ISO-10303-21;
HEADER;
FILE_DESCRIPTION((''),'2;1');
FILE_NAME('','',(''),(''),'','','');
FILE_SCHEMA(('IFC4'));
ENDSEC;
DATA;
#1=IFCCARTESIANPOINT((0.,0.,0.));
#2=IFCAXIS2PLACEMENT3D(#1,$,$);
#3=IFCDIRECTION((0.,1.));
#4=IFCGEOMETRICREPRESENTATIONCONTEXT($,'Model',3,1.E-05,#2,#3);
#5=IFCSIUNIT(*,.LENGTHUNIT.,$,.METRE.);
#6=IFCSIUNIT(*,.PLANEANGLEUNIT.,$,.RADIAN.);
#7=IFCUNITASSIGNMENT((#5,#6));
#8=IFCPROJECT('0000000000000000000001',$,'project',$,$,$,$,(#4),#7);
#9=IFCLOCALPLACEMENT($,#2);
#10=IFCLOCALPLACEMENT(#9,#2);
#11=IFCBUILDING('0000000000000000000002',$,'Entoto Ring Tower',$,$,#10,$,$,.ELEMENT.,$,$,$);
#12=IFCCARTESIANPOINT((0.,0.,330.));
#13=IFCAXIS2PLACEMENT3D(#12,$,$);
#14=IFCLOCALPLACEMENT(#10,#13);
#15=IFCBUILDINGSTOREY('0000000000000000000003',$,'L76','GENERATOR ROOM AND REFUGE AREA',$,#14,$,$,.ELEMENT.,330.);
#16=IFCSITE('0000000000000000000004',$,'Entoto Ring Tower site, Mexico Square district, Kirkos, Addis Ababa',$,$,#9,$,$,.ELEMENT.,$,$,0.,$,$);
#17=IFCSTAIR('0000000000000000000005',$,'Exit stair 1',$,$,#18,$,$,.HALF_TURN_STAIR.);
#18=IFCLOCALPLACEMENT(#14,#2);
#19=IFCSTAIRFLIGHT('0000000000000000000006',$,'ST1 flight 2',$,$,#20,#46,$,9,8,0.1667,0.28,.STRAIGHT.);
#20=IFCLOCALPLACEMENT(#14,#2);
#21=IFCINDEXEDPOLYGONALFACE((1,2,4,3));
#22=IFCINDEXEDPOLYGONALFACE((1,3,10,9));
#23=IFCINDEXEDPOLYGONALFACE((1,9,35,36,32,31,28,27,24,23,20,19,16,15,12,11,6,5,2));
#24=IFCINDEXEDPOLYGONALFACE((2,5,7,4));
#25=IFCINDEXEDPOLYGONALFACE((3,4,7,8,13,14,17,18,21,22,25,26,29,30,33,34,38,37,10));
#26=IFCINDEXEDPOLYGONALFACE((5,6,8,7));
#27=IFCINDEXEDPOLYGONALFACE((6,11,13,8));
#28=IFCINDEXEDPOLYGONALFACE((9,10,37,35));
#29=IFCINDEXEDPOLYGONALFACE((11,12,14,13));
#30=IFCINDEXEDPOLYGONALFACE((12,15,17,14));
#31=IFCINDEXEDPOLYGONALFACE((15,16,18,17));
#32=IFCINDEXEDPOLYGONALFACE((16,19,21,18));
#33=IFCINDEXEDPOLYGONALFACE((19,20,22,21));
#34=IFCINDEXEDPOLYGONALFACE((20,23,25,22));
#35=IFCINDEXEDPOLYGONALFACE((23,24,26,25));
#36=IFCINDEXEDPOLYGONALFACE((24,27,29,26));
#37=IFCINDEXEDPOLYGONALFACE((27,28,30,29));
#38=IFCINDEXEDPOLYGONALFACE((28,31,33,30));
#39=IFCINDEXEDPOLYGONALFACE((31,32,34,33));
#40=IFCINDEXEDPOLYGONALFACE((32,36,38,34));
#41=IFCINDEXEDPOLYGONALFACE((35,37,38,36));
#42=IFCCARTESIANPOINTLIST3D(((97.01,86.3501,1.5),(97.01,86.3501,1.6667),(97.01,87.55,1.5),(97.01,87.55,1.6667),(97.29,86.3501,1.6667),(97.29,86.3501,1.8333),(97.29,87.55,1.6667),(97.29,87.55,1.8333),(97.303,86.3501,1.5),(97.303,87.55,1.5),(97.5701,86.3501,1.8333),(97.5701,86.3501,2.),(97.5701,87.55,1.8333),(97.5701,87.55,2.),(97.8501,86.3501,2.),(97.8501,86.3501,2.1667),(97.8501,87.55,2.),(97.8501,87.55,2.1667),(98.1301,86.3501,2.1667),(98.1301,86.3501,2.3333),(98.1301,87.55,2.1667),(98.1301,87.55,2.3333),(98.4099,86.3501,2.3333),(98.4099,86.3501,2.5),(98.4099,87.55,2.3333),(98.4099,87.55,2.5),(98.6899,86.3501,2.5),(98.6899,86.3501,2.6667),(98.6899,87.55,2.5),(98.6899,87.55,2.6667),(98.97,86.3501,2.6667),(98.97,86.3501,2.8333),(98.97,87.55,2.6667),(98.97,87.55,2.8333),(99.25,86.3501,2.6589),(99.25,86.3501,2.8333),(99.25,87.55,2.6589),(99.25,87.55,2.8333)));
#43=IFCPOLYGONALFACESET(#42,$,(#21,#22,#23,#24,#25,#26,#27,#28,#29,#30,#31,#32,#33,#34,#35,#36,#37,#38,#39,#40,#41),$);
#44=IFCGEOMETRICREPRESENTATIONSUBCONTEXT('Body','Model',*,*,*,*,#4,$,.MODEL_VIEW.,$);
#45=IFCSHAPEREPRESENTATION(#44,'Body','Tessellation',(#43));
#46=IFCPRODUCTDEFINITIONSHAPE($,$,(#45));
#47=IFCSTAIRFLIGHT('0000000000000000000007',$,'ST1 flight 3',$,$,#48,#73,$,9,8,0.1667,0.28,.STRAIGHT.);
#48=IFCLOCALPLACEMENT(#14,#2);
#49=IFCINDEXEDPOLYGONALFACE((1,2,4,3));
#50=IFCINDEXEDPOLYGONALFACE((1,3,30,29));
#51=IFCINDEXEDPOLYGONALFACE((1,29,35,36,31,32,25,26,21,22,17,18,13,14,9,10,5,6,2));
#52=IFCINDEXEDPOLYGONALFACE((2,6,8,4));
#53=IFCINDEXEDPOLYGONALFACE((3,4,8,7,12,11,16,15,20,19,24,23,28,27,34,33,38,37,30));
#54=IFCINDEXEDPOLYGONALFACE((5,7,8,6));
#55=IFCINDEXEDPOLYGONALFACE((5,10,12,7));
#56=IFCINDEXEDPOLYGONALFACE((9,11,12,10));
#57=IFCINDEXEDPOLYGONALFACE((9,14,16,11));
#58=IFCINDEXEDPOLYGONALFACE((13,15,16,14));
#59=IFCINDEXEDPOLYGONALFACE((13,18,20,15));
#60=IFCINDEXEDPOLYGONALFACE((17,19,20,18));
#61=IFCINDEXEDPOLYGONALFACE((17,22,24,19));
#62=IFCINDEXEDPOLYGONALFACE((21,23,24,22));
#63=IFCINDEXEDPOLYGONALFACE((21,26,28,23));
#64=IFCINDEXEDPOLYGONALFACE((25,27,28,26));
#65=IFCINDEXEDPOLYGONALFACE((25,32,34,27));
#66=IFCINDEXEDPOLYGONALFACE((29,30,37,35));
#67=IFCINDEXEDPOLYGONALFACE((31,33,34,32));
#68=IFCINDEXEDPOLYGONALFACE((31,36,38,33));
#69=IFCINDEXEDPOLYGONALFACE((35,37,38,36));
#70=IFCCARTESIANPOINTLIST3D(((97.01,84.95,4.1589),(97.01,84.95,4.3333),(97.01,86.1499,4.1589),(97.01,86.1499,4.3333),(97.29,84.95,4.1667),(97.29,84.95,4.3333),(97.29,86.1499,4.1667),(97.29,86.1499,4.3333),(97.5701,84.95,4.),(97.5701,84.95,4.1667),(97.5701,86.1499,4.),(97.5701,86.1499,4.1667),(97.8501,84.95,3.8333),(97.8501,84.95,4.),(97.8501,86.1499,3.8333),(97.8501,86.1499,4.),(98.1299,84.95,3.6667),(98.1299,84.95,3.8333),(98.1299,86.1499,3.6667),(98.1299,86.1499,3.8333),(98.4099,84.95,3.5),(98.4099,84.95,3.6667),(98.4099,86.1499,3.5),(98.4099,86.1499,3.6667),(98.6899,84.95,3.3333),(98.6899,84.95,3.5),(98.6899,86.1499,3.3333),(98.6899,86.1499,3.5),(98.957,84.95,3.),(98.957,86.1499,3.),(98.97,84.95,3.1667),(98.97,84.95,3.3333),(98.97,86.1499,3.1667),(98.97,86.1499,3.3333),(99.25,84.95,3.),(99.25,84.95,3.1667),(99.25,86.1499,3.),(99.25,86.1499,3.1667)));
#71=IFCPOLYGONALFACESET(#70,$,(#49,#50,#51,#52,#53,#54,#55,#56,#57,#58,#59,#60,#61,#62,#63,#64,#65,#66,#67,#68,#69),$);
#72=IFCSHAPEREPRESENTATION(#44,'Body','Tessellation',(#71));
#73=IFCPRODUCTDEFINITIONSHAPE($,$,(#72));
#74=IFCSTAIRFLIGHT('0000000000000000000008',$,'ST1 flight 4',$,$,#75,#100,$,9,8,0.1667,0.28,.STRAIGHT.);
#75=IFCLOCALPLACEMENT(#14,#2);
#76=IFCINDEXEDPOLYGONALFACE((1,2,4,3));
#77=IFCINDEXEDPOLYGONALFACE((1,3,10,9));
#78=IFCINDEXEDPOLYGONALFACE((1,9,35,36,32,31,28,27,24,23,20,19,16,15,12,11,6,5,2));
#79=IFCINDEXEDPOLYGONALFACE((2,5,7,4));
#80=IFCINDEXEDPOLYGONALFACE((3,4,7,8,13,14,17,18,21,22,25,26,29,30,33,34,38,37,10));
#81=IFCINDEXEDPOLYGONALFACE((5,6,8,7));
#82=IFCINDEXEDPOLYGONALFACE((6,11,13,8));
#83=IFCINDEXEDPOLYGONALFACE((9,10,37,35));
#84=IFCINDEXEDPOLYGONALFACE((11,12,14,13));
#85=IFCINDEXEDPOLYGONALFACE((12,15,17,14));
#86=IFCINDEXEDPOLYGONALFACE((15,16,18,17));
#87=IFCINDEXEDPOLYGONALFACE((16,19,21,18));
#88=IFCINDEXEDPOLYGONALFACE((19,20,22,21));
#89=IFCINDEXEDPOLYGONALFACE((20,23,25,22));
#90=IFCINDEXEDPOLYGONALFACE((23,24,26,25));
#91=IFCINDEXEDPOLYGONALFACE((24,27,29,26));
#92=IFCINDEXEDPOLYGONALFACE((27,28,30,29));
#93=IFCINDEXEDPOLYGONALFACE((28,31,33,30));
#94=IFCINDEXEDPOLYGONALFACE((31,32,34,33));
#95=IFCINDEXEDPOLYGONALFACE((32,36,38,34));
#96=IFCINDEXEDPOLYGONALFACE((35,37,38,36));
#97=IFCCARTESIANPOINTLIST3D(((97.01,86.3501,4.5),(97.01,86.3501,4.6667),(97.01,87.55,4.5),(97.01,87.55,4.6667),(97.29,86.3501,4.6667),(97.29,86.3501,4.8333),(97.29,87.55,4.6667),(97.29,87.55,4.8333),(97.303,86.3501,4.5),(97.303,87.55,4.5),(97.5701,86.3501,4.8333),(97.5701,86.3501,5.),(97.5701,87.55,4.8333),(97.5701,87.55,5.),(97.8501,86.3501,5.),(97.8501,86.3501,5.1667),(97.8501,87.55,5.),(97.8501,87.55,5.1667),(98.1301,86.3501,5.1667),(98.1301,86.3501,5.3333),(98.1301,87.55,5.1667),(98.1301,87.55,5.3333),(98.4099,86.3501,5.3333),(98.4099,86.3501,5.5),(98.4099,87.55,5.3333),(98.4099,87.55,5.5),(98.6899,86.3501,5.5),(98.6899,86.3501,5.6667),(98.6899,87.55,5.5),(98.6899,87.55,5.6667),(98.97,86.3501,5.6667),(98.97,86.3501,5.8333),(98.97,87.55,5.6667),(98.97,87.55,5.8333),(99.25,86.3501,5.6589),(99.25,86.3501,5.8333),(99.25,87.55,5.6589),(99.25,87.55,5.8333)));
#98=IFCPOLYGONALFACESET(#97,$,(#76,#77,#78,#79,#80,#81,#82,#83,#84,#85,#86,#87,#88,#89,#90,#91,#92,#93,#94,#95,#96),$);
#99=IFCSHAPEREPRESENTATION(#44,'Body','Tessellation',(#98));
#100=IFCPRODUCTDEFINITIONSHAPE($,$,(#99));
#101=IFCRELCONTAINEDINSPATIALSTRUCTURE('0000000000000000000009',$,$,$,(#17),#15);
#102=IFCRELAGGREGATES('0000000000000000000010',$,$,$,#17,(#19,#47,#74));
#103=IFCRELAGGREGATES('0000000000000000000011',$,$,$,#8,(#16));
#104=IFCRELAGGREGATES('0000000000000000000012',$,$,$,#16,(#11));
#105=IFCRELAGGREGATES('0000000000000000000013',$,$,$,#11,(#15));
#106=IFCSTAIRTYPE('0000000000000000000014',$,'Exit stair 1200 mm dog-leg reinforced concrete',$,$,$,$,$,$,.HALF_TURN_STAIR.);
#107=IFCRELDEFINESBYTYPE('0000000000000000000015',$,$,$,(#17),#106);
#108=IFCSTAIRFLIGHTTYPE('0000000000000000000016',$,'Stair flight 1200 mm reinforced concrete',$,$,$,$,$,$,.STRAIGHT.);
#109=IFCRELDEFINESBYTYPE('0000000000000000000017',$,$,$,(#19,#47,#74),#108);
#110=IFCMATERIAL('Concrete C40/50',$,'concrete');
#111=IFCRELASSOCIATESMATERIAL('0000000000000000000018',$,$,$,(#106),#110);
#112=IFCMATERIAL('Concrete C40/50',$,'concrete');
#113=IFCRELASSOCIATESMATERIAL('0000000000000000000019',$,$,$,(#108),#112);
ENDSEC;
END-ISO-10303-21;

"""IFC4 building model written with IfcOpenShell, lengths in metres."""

from ifc_helpers import new_model, si_unit, direction, frame, origin, place, context, subcontext, project, spatial, polyline, outline, extrude, material, type_object, element, aggregate, save


model = new_model("IFC4")

# Units and contexts
model_context = context("Model", 3, precision=1e-05, world=origin(), true_north=direction((0.0, 1.0)))
body_context = subcontext(model_context, "Body", "Model", "MODEL_VIEW")
ifc_project = project(units=[si_unit("LENGTHUNIT", "METRE"), si_unit("PLANEANGLEUNIT", "RADIAN")], contexts=[model_context])

# Site, building, storey
site_placement = place(None, origin())
site = spatial("IfcSite", under=ifc_project, at=site_placement, Name="Entoto Ring Tower site, Mexico Square district, Kirkos, Addis Ababa", CompositionType="ELEMENT", RefElevation=0.0)
building_placement = place(site_placement, origin())
building = spatial("IfcBuilding", under=site, at=building_placement, Name="Entoto Ring Tower", CompositionType="ELEMENT")
storey_placement = place(building_placement, frame((0.0, 0.0, 330.0)))
storey = spatial("IfcBuildingStorey", under=building, at=storey_placement, Name="L76", Description="GENERATOR ROOM AND REFUGE AREA", CompositionType="ELEMENT", Elevation=330.0)

# Stair, stair flights
ifc_material_1 = material(Name="Concrete C40/50", Category="concrete")
stair_type = type_object("IfcStairType", Name="Exit stair 1200 mm dog-leg reinforced concrete", PredefinedType="HALF_TURN_STAIR", material=ifc_material_1)
stair_placement = place(storey_placement, origin())
stair = element("IfcStair", 1, at=stair_placement, inside=storey, type_object=stair_type, Name="Exit stair 1", PredefinedType="HALF_TURN_STAIR")
ifc_material_2 = material(Name="Concrete C40/50", Category="concrete")
stair_flight_type = type_object("IfcStairFlightType", Name="Stair flight 1200 mm reinforced concrete", PredefinedType="STRAIGHT", material=ifc_material_2)
stair_flight_1_placement = place(storey_placement, frame((97.01, 86.95, 1.5), z_axis=(0.0, 0.0, 1.0), x_axis=(1.0, 0.0, 0.0)))
stair_flight_1 = element("IfcStairFlight", 2, at=stair_flight_1_placement, type_object=stair_flight_type, Name="ST1 flight 2", NumberOfRisers=9, NumberOfTreads=8, PredefinedType="STRAIGHT", RiserHeight=0.1667, TreadLength=0.28, context=body_context, shape_type="SweptSolid", body=[
    extrude(outline(polyline([(0.0, 0.0), (0.0, 0.1667), (0.28, 0.1667), (0.28, 0.3333), (0.5601, 0.3333), (0.5601, 0.5), (0.8401, 0.5), (0.8401, 0.6667), (1.1201, 0.6667), (1.1201, 0.8333), (1.3999, 0.8333), (1.3999, 1.0), (1.6799, 1.0), (1.6799, 1.1667), (1.96, 1.1667), (1.96, 1.3333), (2.24, 1.3333), (2.24, 1.5), (2.24, 1.1589), (0.293, 0.0), (0.0, 0.0)])), frame((0.0, 0.6001, 0.0), z_axis=(0.0, -1.0, 0.0), x_axis=(1.0, 0.0, 0.0)), (0.0, 0.0, 1.0), 1.2),
])
stair_flight_2_placement = place(storey_placement, frame((99.25, 85.55, 3.0), z_axis=(0.0, 0.0, 1.0), x_axis=(-1.0, 0.0, 0.0)))
stair_flight_2 = element("IfcStairFlight", 3, at=stair_flight_2_placement, type_object=stair_flight_type, Name="ST1 flight 3", NumberOfRisers=9, NumberOfTreads=8, PredefinedType="STRAIGHT", RiserHeight=0.1667, TreadLength=0.28, context=body_context, shape_type="SweptSolid", body=[
    extrude(outline(polyline([(0.0, 0.0), (0.0, 0.1667), (0.28, 0.1667), (0.28, 0.3333), (0.5601, 0.3333), (0.5601, 0.5), (0.8401, 0.5), (0.8401, 0.6667), (1.1201, 0.6667), (1.1201, 0.8333), (1.3999, 0.8333), (1.3999, 1.0), (1.6799, 1.0), (1.6799, 1.1667), (1.96, 1.1667), (1.96, 1.3333), (2.24, 1.3333), (2.24, 1.5), (2.24, 1.1589), (0.293, 0.0), (0.0, 0.0)])), frame((0.0, 0.6001, 0.0), z_axis=(0.0, -1.0, 0.0), x_axis=(1.0, 0.0, 0.0)), (0.0, 0.0, 1.0), 1.2),
])
stair_flight_3_placement = place(storey_placement, frame((97.01, 86.95, 4.5), z_axis=(0.0, 0.0, 1.0), x_axis=(1.0, 0.0, 0.0)))
stair_flight_3 = element("IfcStairFlight", 4, at=stair_flight_3_placement, type_object=stair_flight_type, Name="ST1 flight 4", NumberOfRisers=9, NumberOfTreads=8, PredefinedType="STRAIGHT", RiserHeight=0.1667, TreadLength=0.28, context=body_context, shape_type="SweptSolid", body=[
    extrude(outline(polyline([(0.0, 0.0), (0.0, 0.1667), (0.28, 0.1667), (0.28, 0.3333), (0.5601, 0.3333), (0.5601, 0.5), (0.8401, 0.5), (0.8401, 0.6667), (1.1201, 0.6667), (1.1201, 0.8333), (1.3999, 0.8333), (1.3999, 1.0), (1.6799, 1.0), (1.6799, 1.1667), (1.96, 1.1667), (1.96, 1.3333), (2.24, 1.3333), (2.24, 1.5), (2.24, 1.1589), (0.293, 0.0), (0.0, 0.0)])), frame((0.0, 0.6001, 0.0), z_axis=(0.0, -1.0, 0.0), x_axis=(1.0, 0.0, 0.0)), (0.0, 0.0, 1.0), 1.2),
])
aggregate(stair, [stair_flight_1, stair_flight_2, stair_flight_3])

save(model, "model.ifc")
